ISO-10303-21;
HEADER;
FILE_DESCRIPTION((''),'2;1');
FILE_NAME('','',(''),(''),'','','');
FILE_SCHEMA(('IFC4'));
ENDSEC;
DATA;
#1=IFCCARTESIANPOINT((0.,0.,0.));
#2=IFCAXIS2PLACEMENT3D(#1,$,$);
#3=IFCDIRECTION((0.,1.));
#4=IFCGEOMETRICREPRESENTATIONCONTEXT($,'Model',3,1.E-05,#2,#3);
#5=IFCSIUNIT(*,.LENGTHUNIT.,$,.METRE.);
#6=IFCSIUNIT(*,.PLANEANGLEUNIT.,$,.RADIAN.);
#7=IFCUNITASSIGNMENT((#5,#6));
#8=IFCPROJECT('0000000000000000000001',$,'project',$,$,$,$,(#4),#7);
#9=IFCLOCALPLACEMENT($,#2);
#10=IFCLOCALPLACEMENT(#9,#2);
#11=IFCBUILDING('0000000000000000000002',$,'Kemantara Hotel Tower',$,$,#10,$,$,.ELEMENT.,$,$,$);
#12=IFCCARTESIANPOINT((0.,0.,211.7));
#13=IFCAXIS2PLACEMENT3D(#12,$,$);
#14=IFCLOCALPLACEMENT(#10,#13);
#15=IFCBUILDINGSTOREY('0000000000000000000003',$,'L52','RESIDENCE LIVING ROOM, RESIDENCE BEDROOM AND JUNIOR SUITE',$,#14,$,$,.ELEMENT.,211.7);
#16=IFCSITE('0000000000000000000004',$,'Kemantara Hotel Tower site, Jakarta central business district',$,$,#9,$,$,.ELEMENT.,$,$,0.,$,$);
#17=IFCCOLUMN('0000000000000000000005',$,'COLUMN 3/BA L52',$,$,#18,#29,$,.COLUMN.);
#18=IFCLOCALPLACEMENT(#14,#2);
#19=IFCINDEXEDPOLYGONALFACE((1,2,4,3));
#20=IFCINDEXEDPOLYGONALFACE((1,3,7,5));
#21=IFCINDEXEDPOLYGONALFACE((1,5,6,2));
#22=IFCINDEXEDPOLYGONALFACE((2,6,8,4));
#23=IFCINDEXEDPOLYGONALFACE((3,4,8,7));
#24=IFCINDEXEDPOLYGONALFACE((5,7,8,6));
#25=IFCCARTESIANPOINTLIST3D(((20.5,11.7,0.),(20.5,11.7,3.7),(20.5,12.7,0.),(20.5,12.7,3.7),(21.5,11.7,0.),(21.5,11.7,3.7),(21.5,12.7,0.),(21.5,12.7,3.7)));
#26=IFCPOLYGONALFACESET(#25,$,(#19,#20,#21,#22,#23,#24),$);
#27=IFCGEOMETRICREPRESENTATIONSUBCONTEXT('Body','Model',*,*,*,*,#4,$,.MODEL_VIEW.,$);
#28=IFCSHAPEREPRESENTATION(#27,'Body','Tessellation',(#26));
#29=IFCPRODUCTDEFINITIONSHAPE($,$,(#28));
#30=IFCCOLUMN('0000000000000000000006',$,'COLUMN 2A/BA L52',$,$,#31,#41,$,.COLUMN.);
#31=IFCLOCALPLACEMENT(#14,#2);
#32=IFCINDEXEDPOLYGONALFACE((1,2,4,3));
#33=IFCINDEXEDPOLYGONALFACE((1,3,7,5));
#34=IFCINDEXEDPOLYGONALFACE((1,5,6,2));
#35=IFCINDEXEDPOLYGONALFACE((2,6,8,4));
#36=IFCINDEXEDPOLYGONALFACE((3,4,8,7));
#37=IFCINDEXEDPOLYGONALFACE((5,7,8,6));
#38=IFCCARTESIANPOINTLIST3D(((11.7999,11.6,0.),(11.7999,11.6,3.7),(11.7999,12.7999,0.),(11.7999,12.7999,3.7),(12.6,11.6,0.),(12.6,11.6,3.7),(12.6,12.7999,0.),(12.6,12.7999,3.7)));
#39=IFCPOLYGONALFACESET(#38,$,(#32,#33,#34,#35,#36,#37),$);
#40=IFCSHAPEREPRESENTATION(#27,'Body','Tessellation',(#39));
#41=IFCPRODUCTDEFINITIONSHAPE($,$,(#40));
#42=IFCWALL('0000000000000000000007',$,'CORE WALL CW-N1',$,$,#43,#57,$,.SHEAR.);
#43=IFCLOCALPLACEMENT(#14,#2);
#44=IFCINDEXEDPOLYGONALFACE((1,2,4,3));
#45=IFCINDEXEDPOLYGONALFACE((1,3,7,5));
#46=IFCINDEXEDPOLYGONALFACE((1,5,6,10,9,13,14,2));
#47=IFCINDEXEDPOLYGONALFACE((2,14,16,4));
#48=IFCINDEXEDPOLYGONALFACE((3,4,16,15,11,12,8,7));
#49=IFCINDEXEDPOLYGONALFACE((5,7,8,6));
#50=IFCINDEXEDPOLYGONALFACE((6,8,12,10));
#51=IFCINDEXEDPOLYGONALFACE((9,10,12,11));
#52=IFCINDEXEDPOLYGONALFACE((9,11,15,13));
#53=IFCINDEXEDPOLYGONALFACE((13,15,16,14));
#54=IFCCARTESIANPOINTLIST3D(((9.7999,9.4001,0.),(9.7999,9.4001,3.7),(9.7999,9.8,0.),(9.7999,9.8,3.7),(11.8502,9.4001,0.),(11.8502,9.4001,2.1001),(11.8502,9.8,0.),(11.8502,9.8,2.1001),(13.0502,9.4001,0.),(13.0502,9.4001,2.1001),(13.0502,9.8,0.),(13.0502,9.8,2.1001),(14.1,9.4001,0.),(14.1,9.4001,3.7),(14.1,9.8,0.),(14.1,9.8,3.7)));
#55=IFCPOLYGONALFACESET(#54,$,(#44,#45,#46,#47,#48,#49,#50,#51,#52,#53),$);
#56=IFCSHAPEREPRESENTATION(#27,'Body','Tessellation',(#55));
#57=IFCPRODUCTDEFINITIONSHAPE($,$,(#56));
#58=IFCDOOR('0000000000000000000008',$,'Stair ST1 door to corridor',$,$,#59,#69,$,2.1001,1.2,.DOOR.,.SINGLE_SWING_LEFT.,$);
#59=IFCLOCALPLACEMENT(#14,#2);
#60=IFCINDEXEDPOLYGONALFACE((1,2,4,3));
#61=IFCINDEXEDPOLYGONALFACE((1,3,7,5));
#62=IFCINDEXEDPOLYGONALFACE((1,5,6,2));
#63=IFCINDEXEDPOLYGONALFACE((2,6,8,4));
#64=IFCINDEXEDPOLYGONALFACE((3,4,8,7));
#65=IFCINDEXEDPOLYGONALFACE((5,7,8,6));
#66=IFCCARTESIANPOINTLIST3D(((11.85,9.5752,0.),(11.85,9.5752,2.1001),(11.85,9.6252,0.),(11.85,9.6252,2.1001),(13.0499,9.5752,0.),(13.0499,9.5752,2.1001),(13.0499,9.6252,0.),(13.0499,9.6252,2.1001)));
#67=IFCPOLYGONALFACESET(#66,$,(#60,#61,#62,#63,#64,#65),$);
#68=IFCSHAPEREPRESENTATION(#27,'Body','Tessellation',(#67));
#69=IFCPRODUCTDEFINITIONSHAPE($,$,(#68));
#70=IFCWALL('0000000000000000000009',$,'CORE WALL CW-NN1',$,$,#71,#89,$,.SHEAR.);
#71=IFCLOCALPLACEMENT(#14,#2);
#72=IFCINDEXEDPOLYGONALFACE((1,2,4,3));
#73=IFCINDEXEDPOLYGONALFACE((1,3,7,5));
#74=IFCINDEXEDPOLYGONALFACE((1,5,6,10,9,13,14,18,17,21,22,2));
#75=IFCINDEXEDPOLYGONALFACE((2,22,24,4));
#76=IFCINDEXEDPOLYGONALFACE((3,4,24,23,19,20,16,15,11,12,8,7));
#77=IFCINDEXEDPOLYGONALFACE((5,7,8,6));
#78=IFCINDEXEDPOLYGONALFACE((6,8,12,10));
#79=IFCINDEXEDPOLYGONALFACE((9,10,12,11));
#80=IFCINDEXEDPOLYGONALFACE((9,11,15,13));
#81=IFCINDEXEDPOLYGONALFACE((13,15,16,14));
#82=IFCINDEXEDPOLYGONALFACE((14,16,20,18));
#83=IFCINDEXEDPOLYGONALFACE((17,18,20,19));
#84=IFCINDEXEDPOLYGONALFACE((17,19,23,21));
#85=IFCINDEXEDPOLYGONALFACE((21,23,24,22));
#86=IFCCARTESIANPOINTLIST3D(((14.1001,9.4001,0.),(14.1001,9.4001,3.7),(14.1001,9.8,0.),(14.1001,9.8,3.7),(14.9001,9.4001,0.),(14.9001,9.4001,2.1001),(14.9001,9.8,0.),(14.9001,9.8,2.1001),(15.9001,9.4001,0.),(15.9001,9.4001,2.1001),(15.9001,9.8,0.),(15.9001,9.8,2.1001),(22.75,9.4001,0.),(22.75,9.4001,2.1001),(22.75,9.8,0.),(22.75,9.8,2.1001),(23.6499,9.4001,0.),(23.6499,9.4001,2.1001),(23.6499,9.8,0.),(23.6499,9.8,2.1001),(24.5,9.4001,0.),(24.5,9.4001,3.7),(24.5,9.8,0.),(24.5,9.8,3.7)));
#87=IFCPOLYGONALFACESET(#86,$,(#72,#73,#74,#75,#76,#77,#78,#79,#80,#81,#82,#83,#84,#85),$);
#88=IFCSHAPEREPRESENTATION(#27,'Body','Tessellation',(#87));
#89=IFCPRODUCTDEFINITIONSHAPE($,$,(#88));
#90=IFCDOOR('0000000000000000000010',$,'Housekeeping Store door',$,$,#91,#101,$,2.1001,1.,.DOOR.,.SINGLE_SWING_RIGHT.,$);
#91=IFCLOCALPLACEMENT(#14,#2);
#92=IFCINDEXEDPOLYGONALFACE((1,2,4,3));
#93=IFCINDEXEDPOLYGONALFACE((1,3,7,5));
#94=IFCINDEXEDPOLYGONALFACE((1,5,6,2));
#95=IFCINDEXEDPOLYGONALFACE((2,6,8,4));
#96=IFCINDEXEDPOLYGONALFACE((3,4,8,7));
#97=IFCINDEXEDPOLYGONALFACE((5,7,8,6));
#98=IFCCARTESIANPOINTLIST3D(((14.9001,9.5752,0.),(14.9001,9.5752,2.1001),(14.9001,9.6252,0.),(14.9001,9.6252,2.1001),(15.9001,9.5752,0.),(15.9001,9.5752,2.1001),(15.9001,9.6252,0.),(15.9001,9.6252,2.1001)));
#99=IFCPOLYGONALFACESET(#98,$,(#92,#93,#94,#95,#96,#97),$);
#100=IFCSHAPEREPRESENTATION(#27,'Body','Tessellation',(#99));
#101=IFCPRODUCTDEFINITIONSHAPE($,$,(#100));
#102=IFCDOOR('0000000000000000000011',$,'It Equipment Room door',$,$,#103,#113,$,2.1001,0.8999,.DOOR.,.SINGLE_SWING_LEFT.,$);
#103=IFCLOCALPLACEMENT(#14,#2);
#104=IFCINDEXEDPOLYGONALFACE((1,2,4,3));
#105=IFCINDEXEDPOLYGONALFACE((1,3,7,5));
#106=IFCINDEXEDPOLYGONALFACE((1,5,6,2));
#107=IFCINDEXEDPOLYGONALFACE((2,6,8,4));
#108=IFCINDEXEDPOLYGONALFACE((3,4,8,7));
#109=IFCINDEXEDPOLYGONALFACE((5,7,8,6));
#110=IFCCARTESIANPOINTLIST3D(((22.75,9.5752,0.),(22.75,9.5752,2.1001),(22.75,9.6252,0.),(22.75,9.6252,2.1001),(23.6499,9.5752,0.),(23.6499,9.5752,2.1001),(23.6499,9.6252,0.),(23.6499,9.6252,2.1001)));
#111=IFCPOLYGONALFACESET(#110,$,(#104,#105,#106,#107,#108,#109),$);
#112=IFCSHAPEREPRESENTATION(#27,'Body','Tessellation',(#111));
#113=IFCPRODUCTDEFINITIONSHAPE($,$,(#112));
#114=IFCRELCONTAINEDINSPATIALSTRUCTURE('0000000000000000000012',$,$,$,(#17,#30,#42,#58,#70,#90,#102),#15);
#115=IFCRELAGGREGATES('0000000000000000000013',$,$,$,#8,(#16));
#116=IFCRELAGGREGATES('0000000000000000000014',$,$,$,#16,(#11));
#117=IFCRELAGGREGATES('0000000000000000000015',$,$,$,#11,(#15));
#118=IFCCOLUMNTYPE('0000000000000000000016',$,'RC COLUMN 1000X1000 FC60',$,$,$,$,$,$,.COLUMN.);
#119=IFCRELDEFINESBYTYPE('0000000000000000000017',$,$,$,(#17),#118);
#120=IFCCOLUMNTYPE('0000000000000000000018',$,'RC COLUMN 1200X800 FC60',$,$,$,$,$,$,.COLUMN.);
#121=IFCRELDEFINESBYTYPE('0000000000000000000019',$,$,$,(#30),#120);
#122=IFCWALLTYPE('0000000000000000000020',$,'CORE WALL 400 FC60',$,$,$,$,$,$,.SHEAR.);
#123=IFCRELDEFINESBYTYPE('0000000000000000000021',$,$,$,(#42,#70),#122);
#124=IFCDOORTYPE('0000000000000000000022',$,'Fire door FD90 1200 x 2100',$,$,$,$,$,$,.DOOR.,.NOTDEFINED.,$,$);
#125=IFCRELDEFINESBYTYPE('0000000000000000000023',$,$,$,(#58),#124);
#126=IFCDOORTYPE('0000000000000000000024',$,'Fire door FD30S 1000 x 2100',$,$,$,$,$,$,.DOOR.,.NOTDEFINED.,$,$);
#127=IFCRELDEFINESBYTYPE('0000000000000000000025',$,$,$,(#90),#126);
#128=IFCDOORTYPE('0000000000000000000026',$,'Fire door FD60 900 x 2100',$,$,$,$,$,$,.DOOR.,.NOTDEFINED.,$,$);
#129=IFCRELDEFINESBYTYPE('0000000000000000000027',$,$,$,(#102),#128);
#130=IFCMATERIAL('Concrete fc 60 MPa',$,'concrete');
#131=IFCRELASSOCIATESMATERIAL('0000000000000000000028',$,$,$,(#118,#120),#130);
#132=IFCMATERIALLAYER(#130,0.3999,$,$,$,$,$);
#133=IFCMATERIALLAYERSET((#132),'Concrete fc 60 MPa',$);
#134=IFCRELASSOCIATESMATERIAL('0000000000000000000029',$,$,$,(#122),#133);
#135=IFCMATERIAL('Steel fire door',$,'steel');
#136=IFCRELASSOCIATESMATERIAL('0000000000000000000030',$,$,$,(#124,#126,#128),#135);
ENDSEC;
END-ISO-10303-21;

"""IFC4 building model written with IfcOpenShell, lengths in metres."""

from ifc_helpers import new_model, si_unit, direction, frame, frame_2d, origin, origin_2d, place, context, subcontext, project, spatial, rectangle, extrude, material, layer, layer_set, material_profile, profile_set, type_object, element, fill, save


model = new_model("IFC4")

# Units and contexts
model_context = context("Model", 3, precision=1e-05, world=origin(), true_north=direction((0.0, 1.0)))
body_context = subcontext(model_context, "Body", "Model", "MODEL_VIEW")
ifc_project = project(units=[si_unit("LENGTHUNIT", "METRE"), si_unit("PLANEANGLEUNIT", "RADIAN")], contexts=[model_context])

# Site, building, storey
site_placement = place(None, origin())
site = spatial("IfcSite", under=ifc_project, at=site_placement, Name="Kemantara Hotel Tower site, Jakarta central business district", CompositionType="ELEMENT", RefElevation=0.0)
building_placement = place(site_placement, origin())
building = spatial("IfcBuilding", under=site, at=building_placement, Name="Kemantara Hotel Tower", CompositionType="ELEMENT")
storey_placement = place(building_placement, frame((0.0, 0.0, 211.7)))
storey = spatial("IfcBuildingStorey", under=building, at=storey_placement, Name="L52", Description="RESIDENCE LIVING ROOM, RESIDENCE BEDROOM AND JUNIOR SUITE", CompositionType="ELEMENT", Elevation=211.7)

# Columns
ifc_material_1 = material(Name="Concrete fc 60 MPa", Category="concrete")
ifc_material_profile_1 = material_profile(ifc_material_1, rectangle(XDim=1.0, YDim=1.0, at=origin_2d()), Name="RC 1000X1000")
ifc_profile_set_1 = profile_set([ifc_material_profile_1], Name="Concrete fc 60 MPa")
column_type_1 = type_object("IfcColumnType", Name="RC COLUMN 1000X1000 FC60", PredefinedType="COLUMN", material=ifc_profile_set_1)
column_1_placement = place(storey_placement, frame((21.0, 12.2, 0.0), z_axis=(0.0, 0.0, 1.0), x_axis=(1.0, 0.0, 0.0)))
element("IfcColumn", 1, at=column_1_placement, inside=storey, type_object=column_type_1, Name="COLUMN 3/BA L52", PredefinedType="COLUMN", context=body_context, shape_type="SweptSolid", body=[
    extrude(rectangle(XDim=1.0, YDim=1.0, at=origin_2d()), origin(), (0.0, 0.0, 1.0), 3.7),
])
ifc_material_profile_2 = material_profile(ifc_material_1, rectangle(XDim=1.2, YDim=0.8, at=origin_2d()), Name="RC 1200X800")
ifc_profile_set_2 = profile_set([ifc_material_profile_2], Name="Concrete fc 60 MPa")
column_type_2 = type_object("IfcColumnType", Name="RC COLUMN 1200X800 FC60", PredefinedType="COLUMN", material=ifc_profile_set_2)
column_2_placement = place(storey_placement, frame((12.2, 12.2, 0.0), z_axis=(0.0, 0.0, 1.0), x_axis=(0.0, 1.0, 0.0)))
element("IfcColumn", 2, at=column_2_placement, inside=storey, type_object=column_type_2, Name="COLUMN 2A/BA L52", PredefinedType="COLUMN", context=body_context, shape_type="SweptSolid", body=[
    extrude(rectangle(XDim=1.2, YDim=0.8, at=origin_2d()), origin(), (0.0, 0.0, 1.0), 3.7),
])

# Wall, opening, door
ifc_layer_1 = layer(ifc_material_1, 0.3999)
ifc_layer_set_1 = layer_set([ifc_layer_1], Name="Concrete fc 60 MPa")
wall_type_1 = type_object("IfcWallType", Name="CORE WALL 400 FC60", PredefinedType="SHEAR", material=ifc_layer_set_1)
wall_1_placement = place(storey_placement, frame((9.8, 9.6001, 0.0), z_axis=(0.0, 0.0, 1.0), x_axis=(1.0, 0.0, 0.0)))
wall_1 = element("IfcWall", 3, at=wall_1_placement, inside=storey, type_object=wall_type_1, Name="CORE WALL CW-N1", PredefinedType="SHEAR", context=body_context, shape_type="SweptSolid", body=[
    extrude(rectangle(XDim=4.3, YDim=0.3999, at=frame_2d((2.1499, 0.0))), origin(), (0.0, 0.0, 1.0), 3.7),
])
opening_1_placement = place(wall_1_placement, frame((2.05, 0.0, 0.0)))
opening_1 = element("IfcOpeningElement", 4, at=opening_1_placement, cuts=wall_1, PredefinedType="OPENING", context=body_context, shape_type="SweptSolid", body=[
    extrude(rectangle(XDim=1.2, YDim=2.1001, at=frame_2d((0.6001, 1.05))), frame((0.0, 0.21, 0.0), z_axis=(0.0, -1.0, 0.0), x_axis=(1.0, 0.0, 0.0)), (0.0, 0.0, 1.0), 0.4199),
])
ifc_material_2 = material(Name="Steel fire door", Category="steel")
door_type_1 = type_object("IfcDoorType", Name="Fire door FD90 1200 x 2100", OperationType="NOTDEFINED", PredefinedType="DOOR", material=ifc_material_2)
door_1_placement = place(opening_1_placement, frame((1.2, 0.0, 0.0), z_axis=(0.0, 0.0, 1.0), x_axis=(-1.0, 0.0, 0.0)))
door_1 = element("IfcDoor", 5, at=door_1_placement, inside=storey, type_object=door_type_1, Name="Stair ST1 door to corridor", OperationType="SINGLE_SWING_LEFT", OverallHeight=2.1001, OverallWidth=1.2, PredefinedType="DOOR", context=body_context, shape_type="SweptSolid", body=[
    extrude(rectangle(XDim=1.2, YDim=2.1001, at=frame_2d((0.6001, 1.05))), frame((0.0, 0.0249, 0.0), z_axis=(0.0, -1.0, 0.0), x_axis=(1.0, 0.0, 0.0)), (0.0, 0.0, 1.0), 0.05),
])
fill(opening_1, door_1)

# Wall, openings, doors
wall_2_placement = place(storey_placement, frame((14.1001, 9.6001, 0.0), z_axis=(0.0, 0.0, 1.0), x_axis=(1.0, 0.0, 0.0)))
wall_2 = element("IfcWall", 6, at=wall_2_placement, inside=storey, type_object=wall_type_1, Name="CORE WALL CW-NN1", PredefinedType="SHEAR", context=body_context, shape_type="SweptSolid", body=[
    extrude(rectangle(XDim=10.3999, YDim=0.3999, at=frame_2d((5.2, 0.0))), origin(), (0.0, 0.0, 1.0), 3.7),
])
opening_2_placement = place(wall_2_placement, frame((0.8, 0.0, 0.0)))
opening_2 = element("IfcOpeningElement", 7, at=opening_2_placement, cuts=wall_2, PredefinedType="OPENING", context=body_context, shape_type="SweptSolid", body=[
    extrude(rectangle(XDim=1.0, YDim=2.1001, at=frame_2d((0.5, 1.05))), frame((0.0, 0.21, 0.0), z_axis=(0.0, -1.0, 0.0), x_axis=(1.0, 0.0, 0.0)), (0.0, 0.0, 1.0), 0.4199),
])
opening_3_placement = place(wall_2_placement, frame((8.6499, 0.0, 0.0)))
opening_3 = element("IfcOpeningElement", 8, at=opening_3_placement, cuts=wall_2, PredefinedType="OPENING", context=body_context, shape_type="SweptSolid", body=[
    extrude(rectangle(XDim=0.8999, YDim=2.1001, at=frame_2d((0.45, 1.05))), frame((0.0, 0.21, 0.0), z_axis=(0.0, -1.0, 0.0), x_axis=(1.0, 0.0, 0.0)), (0.0, 0.0, 1.0), 0.4199),
])
door_type_2 = type_object("IfcDoorType", Name="Fire door FD30S 1000 x 2100", OperationType="NOTDEFINED", PredefinedType="DOOR", material=ifc_material_2)
door_2_placement = place(opening_2_placement, frame((1.0, 0.0, 0.0), z_axis=(0.0, 0.0, 1.0), x_axis=(-1.0, 0.0, 0.0)))
door_2 = element("IfcDoor", 9, at=door_2_placement, inside=storey, type_object=door_type_2, Name="Housekeeping Store door", OperationType="SINGLE_SWING_RIGHT", OverallHeight=2.1001, OverallWidth=1.0, PredefinedType="DOOR", context=body_context, shape_type="SweptSolid", body=[
    extrude(rectangle(XDim=1.0, YDim=2.1001, at=frame_2d((0.5, 1.05))), frame((0.0, 0.0249, 0.0), z_axis=(0.0, -1.0, 0.0), x_axis=(1.0, 0.0, 0.0)), (0.0, 0.0, 1.0), 0.05),
])
fill(opening_2, door_2)
door_type_3 = type_object("IfcDoorType", Name="Fire door FD60 900 x 2100", OperationType="NOTDEFINED", PredefinedType="DOOR", material=ifc_material_2)
door_3_placement = place(opening_3_placement, frame((0.8999, 0.0, 0.0), z_axis=(0.0, 0.0, 1.0), x_axis=(-1.0, 0.0, 0.0)))
door_3 = element("IfcDoor", 10, at=door_3_placement, inside=storey, type_object=door_type_3, Name="It Equipment Room door", OperationType="SINGLE_SWING_LEFT", OverallHeight=2.1001, OverallWidth=0.8999, PredefinedType="DOOR", context=body_context, shape_type="SweptSolid", body=[
    extrude(rectangle(XDim=0.8999, YDim=2.1001, at=frame_2d((0.45, 1.05))), frame((0.0, 0.0249, 0.0), z_axis=(0.0, -1.0, 0.0), x_axis=(1.0, 0.0, 0.0)), (0.0, 0.0, 1.0), 0.05),
])
fill(opening_3, door_3)

save(model, "model.ifc")
